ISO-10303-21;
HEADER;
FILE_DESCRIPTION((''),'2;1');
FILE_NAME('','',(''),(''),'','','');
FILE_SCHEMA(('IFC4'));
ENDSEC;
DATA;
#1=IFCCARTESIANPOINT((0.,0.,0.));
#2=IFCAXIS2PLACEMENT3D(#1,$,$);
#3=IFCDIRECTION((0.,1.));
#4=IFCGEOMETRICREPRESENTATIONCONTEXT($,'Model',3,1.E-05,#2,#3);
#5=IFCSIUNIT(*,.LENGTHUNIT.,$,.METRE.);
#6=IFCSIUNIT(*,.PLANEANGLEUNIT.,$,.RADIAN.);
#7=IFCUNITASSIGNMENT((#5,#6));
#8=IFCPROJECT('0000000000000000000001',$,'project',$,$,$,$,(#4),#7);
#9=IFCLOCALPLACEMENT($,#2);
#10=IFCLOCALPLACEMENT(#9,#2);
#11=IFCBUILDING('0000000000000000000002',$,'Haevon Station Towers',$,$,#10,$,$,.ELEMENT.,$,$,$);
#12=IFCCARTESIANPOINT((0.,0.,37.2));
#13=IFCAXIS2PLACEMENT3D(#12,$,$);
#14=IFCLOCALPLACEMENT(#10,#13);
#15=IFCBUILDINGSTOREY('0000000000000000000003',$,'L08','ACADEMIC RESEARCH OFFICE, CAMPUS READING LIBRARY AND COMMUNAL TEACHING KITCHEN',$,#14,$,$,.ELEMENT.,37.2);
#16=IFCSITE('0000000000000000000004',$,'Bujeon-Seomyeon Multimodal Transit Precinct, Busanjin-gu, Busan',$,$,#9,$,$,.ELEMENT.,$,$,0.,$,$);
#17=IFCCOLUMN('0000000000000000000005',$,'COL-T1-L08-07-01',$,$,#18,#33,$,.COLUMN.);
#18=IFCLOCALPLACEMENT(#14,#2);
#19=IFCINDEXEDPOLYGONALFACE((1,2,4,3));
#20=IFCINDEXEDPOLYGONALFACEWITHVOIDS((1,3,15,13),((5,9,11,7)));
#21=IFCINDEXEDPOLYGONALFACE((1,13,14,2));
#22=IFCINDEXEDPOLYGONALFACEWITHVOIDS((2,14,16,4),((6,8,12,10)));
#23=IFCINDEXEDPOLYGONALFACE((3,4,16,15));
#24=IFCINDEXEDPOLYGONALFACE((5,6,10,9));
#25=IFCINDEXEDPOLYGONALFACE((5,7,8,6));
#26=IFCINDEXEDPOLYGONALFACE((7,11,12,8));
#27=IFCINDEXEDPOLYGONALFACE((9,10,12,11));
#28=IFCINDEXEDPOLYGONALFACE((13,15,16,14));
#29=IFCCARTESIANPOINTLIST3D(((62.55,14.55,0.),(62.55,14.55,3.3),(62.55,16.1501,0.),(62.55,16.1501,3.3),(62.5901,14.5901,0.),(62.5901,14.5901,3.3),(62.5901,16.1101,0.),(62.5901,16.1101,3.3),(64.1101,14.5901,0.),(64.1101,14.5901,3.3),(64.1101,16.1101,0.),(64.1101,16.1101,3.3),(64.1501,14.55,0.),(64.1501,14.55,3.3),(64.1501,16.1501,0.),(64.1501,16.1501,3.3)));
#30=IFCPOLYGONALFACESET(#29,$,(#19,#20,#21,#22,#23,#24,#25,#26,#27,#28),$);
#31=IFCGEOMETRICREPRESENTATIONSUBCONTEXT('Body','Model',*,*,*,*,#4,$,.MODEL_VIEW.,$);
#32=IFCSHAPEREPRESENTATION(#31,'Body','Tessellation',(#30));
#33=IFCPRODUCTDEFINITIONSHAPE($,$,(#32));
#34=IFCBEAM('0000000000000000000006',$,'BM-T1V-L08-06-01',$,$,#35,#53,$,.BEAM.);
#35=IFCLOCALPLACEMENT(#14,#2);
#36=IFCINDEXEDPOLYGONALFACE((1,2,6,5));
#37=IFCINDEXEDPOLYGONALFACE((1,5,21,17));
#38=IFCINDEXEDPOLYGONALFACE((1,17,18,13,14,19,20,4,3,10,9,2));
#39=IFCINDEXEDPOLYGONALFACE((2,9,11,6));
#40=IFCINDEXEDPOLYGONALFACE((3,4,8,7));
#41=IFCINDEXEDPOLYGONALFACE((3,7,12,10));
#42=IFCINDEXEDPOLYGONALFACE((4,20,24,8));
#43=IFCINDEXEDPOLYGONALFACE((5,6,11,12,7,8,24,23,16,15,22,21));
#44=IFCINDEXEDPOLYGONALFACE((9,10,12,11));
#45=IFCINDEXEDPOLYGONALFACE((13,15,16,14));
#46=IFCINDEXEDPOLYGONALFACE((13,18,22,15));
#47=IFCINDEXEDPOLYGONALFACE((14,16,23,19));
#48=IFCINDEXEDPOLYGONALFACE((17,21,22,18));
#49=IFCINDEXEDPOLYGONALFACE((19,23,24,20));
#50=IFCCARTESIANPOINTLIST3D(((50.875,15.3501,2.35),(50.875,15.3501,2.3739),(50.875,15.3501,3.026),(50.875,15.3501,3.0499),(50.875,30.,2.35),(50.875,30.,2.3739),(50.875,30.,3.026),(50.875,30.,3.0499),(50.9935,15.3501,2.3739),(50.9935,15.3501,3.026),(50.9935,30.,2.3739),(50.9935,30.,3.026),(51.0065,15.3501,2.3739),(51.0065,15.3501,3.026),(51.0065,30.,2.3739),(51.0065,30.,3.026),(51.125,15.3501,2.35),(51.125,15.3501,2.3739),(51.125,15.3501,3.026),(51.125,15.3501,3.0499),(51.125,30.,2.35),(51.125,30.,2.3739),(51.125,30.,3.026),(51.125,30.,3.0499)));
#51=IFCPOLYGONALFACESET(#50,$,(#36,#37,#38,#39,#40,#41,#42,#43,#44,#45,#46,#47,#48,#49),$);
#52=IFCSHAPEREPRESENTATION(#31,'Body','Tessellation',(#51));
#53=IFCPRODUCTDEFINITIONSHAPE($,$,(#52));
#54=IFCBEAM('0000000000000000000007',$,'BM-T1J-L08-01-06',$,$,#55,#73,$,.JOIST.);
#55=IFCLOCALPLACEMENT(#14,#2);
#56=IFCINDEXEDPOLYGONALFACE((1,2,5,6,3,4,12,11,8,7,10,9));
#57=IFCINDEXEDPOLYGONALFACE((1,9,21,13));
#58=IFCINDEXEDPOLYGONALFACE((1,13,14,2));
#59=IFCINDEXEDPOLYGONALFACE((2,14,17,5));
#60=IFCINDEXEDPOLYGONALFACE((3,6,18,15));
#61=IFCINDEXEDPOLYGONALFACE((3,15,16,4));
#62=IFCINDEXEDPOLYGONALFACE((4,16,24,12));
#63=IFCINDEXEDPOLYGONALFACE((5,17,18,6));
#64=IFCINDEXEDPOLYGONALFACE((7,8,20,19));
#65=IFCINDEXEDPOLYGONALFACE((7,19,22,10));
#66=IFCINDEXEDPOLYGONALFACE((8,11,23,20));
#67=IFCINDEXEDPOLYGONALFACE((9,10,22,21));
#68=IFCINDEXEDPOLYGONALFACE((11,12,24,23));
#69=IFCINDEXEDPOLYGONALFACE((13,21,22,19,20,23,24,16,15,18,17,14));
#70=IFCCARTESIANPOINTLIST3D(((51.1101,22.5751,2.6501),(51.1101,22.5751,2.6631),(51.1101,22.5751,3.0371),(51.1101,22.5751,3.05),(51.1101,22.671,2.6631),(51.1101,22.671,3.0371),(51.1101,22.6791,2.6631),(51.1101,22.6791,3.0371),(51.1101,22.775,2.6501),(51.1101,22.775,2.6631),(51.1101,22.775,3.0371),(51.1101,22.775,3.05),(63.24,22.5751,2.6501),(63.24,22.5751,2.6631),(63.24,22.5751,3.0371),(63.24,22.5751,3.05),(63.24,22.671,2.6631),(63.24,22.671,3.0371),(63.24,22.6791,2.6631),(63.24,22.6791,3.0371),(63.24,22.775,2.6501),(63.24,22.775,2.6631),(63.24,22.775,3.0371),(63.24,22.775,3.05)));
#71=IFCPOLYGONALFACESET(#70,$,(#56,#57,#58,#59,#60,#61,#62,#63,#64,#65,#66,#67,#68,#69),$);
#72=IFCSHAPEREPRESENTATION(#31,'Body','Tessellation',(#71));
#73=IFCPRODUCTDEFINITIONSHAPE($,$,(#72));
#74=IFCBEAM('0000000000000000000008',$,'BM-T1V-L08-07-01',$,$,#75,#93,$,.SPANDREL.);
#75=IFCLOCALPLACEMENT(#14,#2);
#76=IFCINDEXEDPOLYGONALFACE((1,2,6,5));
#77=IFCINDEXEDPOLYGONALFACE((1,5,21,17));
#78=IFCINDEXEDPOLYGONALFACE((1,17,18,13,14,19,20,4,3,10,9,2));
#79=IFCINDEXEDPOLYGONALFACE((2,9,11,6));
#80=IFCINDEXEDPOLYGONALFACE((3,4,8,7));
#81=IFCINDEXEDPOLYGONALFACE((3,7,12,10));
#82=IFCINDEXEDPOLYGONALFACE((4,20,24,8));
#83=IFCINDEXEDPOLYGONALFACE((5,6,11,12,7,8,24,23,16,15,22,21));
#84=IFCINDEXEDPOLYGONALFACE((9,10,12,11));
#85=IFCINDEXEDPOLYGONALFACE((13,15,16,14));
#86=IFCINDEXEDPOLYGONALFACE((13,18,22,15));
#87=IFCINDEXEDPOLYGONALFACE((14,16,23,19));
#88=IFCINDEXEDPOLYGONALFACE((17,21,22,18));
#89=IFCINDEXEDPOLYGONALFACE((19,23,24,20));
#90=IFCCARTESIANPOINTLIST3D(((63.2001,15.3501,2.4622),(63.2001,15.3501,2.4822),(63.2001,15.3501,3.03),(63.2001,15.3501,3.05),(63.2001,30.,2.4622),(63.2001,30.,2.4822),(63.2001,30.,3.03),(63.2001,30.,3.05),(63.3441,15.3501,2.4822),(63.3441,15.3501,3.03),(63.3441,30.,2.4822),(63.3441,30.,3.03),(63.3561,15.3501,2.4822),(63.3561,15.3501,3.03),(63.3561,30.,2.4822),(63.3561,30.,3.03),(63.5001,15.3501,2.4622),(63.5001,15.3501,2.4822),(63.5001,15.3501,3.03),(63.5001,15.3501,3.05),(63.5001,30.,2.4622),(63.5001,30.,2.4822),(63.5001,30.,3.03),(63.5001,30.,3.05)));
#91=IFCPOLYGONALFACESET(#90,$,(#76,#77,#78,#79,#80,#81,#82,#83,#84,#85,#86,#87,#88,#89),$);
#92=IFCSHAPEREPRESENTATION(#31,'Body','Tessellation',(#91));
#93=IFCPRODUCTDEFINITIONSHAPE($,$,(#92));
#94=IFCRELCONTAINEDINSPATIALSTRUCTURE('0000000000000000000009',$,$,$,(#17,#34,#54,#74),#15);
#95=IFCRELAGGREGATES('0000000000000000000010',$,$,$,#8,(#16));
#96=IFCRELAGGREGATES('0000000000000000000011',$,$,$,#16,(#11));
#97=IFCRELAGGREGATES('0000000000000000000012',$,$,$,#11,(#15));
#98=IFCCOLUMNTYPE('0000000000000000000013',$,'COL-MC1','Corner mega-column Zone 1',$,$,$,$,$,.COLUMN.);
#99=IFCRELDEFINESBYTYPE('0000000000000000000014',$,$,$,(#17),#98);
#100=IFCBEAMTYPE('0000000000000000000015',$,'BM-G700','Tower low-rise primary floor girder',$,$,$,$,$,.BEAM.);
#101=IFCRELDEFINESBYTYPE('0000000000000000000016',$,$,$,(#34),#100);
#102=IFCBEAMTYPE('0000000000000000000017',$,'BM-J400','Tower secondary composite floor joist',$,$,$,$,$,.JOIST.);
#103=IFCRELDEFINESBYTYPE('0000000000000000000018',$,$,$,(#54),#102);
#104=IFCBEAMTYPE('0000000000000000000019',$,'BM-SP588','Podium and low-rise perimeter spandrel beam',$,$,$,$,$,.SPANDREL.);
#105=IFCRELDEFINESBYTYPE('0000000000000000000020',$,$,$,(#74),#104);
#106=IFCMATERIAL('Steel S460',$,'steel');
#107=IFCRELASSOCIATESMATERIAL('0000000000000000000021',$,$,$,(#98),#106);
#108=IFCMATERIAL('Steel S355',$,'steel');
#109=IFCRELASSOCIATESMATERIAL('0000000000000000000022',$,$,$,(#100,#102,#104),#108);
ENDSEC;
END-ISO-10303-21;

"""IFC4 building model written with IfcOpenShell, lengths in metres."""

from ifc_helpers import new_model, si_unit, direction, frame, origin, origin_2d, place, context, subcontext, project, spatial, hollow_rectangle, i_section, extrude, material, material_profile, profile_set, type_object, element, save


model = new_model("IFC4")

# Units and contexts
model_context = context("Model", 3, precision=1e-05, world=origin(), true_north=direction((0.0, 1.0)))
body_context = subcontext(model_context, "Body", "Model", "MODEL_VIEW")
ifc_project = project(units=[si_unit("LENGTHUNIT", "METRE"), si_unit("PLANEANGLEUNIT", "RADIAN")], contexts=[model_context])

# Site, building, storey
site_placement = place(None, origin())
site = spatial("IfcSite", under=ifc_project, at=site_placement, Name="Bujeon-Seomyeon Multimodal Transit Precinct, Busanjin-gu, Busan", CompositionType="ELEMENT", RefElevation=0.0)
building_placement = place(site_placement, origin())
building = spatial("IfcBuilding", under=site, at=building_placement, Name="Haevon Station Towers", CompositionType="ELEMENT")
storey_placement = place(building_placement, frame((0.0, 0.0, 37.2)))
storey = spatial("IfcBuildingStorey", under=building, at=storey_placement, Name="L08", Description="ACADEMIC RESEARCH OFFICE, CAMPUS READING LIBRARY AND COMMUNAL TEACHING KITCHEN", CompositionType="ELEMENT", Elevation=37.2)

# Column
ifc_material_1 = material(Name="Steel S460", Category="steel")
ifc_material_profile_1 = material_profile(ifc_material_1, hollow_rectangle(XDim=1.6001, YDim=1.6001, WallThickness=0.04, at=origin_2d()), Name="BOX-1600x1600x40")
ifc_profile_set_1 = profile_set([ifc_material_profile_1], Name="Steel S460")
column_type = type_object("IfcColumnType", Name="COL-MC1", Description="Corner mega-column Zone 1", PredefinedType="COLUMN", material=ifc_profile_set_1)
column_placement = place(storey_placement, frame((63.3501, 15.3501, 0.0), z_axis=(0.0, 0.0, 1.0), x_axis=(1.0, 0.0, 0.0)))
element("IfcColumn", 1, at=column_placement, inside=storey, type_object=column_type, Name="COL-T1-L08-07-01", PredefinedType="COLUMN", context=body_context, shape_type="SweptSolid", body=[
    extrude(hollow_rectangle(XDim=1.6001, YDim=1.6001, WallThickness=0.04, at=origin_2d()), origin(), (0.0, 0.0, 1.0), 3.3),
])

# Beams
ifc_material_2 = material(Name="Steel S355", Category="steel")
ifc_material_profile_2 = material_profile(ifc_material_2, i_section(OverallWidth=0.25, OverallDepth=0.7, WebThickness=0.0129, FlangeThickness=0.0239, at=origin_2d()), Name="H-700x250x13x24")
ifc_profile_set_2 = profile_set([ifc_material_profile_2], Name="Steel S355")
beam_type_1 = type_object("IfcBeamType", Name="BM-G700", Description="Tower low-rise primary floor girder", PredefinedType="BEAM", material=ifc_profile_set_2)
beam_1_placement = place(storey_placement, frame((51.0, 15.3501, 2.7), z_axis=(0.0, 1.0, 0.0), x_axis=(-1.0, 0.0, 0.0)))
element("IfcBeam", 2, at=beam_1_placement, inside=storey, type_object=beam_type_1, Name="BM-T1V-L08-06-01", PredefinedType="BEAM", context=body_context, shape_type="SweptSolid", body=[
    extrude(i_section(OverallWidth=0.25, OverallDepth=0.7, WebThickness=0.0129, FlangeThickness=0.0239, at=origin_2d()), origin(), (0.0, 0.0, 1.0), 14.6499),
])
ifc_material_profile_3 = material_profile(ifc_material_2, i_section(OverallWidth=0.2, OverallDepth=0.3999, WebThickness=0.0081, FlangeThickness=0.0129, at=origin_2d()), Name="H-400x200x8x13")
ifc_profile_set_3 = profile_set([ifc_material_profile_3], Name="Steel S355")
beam_type_2 = type_object("IfcBeamType", Name="BM-J400", Description="Tower secondary composite floor joist", PredefinedType="JOIST", material=ifc_profile_set_3)
beam_2_placement = place(storey_placement, frame((51.1101, 22.675, 2.8501), z_axis=(1.0, 0.0, 0.0), x_axis=(0.0, 1.0, 0.0)))
element("IfcBeam", 3, at=beam_2_placement, inside=storey, type_object=beam_type_2, Name="BM-T1J-L08-01-06", PredefinedType="JOIST", context=body_context, shape_type="SweptSolid", body=[
    extrude(i_section(OverallWidth=0.2, OverallDepth=0.3999, WebThickness=0.0081, FlangeThickness=0.0129, at=origin_2d()), origin(), (0.0, 0.0, 1.0), 12.1299),
])
ifc_material_profile_4 = material_profile(ifc_material_2, i_section(OverallWidth=0.3, OverallDepth=0.5879, WebThickness=0.012, FlangeThickness=0.02, at=origin_2d()), Name="H-588x300x12x20")
ifc_profile_set_4 = profile_set([ifc_material_profile_4], Name="Steel S355")
beam_type_3 = type_object("IfcBeamType", Name="BM-SP588", Description="Podium and low-rise perimeter spandrel beam", PredefinedType="SPANDREL", material=ifc_profile_set_4)
beam_3_placement = place(storey_placement, frame((63.3501, 15.3501, 2.7561), z_axis=(0.0, 1.0, 0.0), x_axis=(-1.0, 0.0, 0.0)))
element("IfcBeam", 4, at=beam_3_placement, inside=storey, type_object=beam_type_3, Name="BM-T1V-L08-07-01", PredefinedType="SPANDREL", context=body_context, shape_type="SweptSolid", body=[
    extrude(i_section(OverallWidth=0.3, OverallDepth=0.5879, WebThickness=0.012, FlangeThickness=0.02, at=origin_2d()), origin(), (0.0, 0.0, 1.0), 14.6499),
])

save(model, "model.ifc")
